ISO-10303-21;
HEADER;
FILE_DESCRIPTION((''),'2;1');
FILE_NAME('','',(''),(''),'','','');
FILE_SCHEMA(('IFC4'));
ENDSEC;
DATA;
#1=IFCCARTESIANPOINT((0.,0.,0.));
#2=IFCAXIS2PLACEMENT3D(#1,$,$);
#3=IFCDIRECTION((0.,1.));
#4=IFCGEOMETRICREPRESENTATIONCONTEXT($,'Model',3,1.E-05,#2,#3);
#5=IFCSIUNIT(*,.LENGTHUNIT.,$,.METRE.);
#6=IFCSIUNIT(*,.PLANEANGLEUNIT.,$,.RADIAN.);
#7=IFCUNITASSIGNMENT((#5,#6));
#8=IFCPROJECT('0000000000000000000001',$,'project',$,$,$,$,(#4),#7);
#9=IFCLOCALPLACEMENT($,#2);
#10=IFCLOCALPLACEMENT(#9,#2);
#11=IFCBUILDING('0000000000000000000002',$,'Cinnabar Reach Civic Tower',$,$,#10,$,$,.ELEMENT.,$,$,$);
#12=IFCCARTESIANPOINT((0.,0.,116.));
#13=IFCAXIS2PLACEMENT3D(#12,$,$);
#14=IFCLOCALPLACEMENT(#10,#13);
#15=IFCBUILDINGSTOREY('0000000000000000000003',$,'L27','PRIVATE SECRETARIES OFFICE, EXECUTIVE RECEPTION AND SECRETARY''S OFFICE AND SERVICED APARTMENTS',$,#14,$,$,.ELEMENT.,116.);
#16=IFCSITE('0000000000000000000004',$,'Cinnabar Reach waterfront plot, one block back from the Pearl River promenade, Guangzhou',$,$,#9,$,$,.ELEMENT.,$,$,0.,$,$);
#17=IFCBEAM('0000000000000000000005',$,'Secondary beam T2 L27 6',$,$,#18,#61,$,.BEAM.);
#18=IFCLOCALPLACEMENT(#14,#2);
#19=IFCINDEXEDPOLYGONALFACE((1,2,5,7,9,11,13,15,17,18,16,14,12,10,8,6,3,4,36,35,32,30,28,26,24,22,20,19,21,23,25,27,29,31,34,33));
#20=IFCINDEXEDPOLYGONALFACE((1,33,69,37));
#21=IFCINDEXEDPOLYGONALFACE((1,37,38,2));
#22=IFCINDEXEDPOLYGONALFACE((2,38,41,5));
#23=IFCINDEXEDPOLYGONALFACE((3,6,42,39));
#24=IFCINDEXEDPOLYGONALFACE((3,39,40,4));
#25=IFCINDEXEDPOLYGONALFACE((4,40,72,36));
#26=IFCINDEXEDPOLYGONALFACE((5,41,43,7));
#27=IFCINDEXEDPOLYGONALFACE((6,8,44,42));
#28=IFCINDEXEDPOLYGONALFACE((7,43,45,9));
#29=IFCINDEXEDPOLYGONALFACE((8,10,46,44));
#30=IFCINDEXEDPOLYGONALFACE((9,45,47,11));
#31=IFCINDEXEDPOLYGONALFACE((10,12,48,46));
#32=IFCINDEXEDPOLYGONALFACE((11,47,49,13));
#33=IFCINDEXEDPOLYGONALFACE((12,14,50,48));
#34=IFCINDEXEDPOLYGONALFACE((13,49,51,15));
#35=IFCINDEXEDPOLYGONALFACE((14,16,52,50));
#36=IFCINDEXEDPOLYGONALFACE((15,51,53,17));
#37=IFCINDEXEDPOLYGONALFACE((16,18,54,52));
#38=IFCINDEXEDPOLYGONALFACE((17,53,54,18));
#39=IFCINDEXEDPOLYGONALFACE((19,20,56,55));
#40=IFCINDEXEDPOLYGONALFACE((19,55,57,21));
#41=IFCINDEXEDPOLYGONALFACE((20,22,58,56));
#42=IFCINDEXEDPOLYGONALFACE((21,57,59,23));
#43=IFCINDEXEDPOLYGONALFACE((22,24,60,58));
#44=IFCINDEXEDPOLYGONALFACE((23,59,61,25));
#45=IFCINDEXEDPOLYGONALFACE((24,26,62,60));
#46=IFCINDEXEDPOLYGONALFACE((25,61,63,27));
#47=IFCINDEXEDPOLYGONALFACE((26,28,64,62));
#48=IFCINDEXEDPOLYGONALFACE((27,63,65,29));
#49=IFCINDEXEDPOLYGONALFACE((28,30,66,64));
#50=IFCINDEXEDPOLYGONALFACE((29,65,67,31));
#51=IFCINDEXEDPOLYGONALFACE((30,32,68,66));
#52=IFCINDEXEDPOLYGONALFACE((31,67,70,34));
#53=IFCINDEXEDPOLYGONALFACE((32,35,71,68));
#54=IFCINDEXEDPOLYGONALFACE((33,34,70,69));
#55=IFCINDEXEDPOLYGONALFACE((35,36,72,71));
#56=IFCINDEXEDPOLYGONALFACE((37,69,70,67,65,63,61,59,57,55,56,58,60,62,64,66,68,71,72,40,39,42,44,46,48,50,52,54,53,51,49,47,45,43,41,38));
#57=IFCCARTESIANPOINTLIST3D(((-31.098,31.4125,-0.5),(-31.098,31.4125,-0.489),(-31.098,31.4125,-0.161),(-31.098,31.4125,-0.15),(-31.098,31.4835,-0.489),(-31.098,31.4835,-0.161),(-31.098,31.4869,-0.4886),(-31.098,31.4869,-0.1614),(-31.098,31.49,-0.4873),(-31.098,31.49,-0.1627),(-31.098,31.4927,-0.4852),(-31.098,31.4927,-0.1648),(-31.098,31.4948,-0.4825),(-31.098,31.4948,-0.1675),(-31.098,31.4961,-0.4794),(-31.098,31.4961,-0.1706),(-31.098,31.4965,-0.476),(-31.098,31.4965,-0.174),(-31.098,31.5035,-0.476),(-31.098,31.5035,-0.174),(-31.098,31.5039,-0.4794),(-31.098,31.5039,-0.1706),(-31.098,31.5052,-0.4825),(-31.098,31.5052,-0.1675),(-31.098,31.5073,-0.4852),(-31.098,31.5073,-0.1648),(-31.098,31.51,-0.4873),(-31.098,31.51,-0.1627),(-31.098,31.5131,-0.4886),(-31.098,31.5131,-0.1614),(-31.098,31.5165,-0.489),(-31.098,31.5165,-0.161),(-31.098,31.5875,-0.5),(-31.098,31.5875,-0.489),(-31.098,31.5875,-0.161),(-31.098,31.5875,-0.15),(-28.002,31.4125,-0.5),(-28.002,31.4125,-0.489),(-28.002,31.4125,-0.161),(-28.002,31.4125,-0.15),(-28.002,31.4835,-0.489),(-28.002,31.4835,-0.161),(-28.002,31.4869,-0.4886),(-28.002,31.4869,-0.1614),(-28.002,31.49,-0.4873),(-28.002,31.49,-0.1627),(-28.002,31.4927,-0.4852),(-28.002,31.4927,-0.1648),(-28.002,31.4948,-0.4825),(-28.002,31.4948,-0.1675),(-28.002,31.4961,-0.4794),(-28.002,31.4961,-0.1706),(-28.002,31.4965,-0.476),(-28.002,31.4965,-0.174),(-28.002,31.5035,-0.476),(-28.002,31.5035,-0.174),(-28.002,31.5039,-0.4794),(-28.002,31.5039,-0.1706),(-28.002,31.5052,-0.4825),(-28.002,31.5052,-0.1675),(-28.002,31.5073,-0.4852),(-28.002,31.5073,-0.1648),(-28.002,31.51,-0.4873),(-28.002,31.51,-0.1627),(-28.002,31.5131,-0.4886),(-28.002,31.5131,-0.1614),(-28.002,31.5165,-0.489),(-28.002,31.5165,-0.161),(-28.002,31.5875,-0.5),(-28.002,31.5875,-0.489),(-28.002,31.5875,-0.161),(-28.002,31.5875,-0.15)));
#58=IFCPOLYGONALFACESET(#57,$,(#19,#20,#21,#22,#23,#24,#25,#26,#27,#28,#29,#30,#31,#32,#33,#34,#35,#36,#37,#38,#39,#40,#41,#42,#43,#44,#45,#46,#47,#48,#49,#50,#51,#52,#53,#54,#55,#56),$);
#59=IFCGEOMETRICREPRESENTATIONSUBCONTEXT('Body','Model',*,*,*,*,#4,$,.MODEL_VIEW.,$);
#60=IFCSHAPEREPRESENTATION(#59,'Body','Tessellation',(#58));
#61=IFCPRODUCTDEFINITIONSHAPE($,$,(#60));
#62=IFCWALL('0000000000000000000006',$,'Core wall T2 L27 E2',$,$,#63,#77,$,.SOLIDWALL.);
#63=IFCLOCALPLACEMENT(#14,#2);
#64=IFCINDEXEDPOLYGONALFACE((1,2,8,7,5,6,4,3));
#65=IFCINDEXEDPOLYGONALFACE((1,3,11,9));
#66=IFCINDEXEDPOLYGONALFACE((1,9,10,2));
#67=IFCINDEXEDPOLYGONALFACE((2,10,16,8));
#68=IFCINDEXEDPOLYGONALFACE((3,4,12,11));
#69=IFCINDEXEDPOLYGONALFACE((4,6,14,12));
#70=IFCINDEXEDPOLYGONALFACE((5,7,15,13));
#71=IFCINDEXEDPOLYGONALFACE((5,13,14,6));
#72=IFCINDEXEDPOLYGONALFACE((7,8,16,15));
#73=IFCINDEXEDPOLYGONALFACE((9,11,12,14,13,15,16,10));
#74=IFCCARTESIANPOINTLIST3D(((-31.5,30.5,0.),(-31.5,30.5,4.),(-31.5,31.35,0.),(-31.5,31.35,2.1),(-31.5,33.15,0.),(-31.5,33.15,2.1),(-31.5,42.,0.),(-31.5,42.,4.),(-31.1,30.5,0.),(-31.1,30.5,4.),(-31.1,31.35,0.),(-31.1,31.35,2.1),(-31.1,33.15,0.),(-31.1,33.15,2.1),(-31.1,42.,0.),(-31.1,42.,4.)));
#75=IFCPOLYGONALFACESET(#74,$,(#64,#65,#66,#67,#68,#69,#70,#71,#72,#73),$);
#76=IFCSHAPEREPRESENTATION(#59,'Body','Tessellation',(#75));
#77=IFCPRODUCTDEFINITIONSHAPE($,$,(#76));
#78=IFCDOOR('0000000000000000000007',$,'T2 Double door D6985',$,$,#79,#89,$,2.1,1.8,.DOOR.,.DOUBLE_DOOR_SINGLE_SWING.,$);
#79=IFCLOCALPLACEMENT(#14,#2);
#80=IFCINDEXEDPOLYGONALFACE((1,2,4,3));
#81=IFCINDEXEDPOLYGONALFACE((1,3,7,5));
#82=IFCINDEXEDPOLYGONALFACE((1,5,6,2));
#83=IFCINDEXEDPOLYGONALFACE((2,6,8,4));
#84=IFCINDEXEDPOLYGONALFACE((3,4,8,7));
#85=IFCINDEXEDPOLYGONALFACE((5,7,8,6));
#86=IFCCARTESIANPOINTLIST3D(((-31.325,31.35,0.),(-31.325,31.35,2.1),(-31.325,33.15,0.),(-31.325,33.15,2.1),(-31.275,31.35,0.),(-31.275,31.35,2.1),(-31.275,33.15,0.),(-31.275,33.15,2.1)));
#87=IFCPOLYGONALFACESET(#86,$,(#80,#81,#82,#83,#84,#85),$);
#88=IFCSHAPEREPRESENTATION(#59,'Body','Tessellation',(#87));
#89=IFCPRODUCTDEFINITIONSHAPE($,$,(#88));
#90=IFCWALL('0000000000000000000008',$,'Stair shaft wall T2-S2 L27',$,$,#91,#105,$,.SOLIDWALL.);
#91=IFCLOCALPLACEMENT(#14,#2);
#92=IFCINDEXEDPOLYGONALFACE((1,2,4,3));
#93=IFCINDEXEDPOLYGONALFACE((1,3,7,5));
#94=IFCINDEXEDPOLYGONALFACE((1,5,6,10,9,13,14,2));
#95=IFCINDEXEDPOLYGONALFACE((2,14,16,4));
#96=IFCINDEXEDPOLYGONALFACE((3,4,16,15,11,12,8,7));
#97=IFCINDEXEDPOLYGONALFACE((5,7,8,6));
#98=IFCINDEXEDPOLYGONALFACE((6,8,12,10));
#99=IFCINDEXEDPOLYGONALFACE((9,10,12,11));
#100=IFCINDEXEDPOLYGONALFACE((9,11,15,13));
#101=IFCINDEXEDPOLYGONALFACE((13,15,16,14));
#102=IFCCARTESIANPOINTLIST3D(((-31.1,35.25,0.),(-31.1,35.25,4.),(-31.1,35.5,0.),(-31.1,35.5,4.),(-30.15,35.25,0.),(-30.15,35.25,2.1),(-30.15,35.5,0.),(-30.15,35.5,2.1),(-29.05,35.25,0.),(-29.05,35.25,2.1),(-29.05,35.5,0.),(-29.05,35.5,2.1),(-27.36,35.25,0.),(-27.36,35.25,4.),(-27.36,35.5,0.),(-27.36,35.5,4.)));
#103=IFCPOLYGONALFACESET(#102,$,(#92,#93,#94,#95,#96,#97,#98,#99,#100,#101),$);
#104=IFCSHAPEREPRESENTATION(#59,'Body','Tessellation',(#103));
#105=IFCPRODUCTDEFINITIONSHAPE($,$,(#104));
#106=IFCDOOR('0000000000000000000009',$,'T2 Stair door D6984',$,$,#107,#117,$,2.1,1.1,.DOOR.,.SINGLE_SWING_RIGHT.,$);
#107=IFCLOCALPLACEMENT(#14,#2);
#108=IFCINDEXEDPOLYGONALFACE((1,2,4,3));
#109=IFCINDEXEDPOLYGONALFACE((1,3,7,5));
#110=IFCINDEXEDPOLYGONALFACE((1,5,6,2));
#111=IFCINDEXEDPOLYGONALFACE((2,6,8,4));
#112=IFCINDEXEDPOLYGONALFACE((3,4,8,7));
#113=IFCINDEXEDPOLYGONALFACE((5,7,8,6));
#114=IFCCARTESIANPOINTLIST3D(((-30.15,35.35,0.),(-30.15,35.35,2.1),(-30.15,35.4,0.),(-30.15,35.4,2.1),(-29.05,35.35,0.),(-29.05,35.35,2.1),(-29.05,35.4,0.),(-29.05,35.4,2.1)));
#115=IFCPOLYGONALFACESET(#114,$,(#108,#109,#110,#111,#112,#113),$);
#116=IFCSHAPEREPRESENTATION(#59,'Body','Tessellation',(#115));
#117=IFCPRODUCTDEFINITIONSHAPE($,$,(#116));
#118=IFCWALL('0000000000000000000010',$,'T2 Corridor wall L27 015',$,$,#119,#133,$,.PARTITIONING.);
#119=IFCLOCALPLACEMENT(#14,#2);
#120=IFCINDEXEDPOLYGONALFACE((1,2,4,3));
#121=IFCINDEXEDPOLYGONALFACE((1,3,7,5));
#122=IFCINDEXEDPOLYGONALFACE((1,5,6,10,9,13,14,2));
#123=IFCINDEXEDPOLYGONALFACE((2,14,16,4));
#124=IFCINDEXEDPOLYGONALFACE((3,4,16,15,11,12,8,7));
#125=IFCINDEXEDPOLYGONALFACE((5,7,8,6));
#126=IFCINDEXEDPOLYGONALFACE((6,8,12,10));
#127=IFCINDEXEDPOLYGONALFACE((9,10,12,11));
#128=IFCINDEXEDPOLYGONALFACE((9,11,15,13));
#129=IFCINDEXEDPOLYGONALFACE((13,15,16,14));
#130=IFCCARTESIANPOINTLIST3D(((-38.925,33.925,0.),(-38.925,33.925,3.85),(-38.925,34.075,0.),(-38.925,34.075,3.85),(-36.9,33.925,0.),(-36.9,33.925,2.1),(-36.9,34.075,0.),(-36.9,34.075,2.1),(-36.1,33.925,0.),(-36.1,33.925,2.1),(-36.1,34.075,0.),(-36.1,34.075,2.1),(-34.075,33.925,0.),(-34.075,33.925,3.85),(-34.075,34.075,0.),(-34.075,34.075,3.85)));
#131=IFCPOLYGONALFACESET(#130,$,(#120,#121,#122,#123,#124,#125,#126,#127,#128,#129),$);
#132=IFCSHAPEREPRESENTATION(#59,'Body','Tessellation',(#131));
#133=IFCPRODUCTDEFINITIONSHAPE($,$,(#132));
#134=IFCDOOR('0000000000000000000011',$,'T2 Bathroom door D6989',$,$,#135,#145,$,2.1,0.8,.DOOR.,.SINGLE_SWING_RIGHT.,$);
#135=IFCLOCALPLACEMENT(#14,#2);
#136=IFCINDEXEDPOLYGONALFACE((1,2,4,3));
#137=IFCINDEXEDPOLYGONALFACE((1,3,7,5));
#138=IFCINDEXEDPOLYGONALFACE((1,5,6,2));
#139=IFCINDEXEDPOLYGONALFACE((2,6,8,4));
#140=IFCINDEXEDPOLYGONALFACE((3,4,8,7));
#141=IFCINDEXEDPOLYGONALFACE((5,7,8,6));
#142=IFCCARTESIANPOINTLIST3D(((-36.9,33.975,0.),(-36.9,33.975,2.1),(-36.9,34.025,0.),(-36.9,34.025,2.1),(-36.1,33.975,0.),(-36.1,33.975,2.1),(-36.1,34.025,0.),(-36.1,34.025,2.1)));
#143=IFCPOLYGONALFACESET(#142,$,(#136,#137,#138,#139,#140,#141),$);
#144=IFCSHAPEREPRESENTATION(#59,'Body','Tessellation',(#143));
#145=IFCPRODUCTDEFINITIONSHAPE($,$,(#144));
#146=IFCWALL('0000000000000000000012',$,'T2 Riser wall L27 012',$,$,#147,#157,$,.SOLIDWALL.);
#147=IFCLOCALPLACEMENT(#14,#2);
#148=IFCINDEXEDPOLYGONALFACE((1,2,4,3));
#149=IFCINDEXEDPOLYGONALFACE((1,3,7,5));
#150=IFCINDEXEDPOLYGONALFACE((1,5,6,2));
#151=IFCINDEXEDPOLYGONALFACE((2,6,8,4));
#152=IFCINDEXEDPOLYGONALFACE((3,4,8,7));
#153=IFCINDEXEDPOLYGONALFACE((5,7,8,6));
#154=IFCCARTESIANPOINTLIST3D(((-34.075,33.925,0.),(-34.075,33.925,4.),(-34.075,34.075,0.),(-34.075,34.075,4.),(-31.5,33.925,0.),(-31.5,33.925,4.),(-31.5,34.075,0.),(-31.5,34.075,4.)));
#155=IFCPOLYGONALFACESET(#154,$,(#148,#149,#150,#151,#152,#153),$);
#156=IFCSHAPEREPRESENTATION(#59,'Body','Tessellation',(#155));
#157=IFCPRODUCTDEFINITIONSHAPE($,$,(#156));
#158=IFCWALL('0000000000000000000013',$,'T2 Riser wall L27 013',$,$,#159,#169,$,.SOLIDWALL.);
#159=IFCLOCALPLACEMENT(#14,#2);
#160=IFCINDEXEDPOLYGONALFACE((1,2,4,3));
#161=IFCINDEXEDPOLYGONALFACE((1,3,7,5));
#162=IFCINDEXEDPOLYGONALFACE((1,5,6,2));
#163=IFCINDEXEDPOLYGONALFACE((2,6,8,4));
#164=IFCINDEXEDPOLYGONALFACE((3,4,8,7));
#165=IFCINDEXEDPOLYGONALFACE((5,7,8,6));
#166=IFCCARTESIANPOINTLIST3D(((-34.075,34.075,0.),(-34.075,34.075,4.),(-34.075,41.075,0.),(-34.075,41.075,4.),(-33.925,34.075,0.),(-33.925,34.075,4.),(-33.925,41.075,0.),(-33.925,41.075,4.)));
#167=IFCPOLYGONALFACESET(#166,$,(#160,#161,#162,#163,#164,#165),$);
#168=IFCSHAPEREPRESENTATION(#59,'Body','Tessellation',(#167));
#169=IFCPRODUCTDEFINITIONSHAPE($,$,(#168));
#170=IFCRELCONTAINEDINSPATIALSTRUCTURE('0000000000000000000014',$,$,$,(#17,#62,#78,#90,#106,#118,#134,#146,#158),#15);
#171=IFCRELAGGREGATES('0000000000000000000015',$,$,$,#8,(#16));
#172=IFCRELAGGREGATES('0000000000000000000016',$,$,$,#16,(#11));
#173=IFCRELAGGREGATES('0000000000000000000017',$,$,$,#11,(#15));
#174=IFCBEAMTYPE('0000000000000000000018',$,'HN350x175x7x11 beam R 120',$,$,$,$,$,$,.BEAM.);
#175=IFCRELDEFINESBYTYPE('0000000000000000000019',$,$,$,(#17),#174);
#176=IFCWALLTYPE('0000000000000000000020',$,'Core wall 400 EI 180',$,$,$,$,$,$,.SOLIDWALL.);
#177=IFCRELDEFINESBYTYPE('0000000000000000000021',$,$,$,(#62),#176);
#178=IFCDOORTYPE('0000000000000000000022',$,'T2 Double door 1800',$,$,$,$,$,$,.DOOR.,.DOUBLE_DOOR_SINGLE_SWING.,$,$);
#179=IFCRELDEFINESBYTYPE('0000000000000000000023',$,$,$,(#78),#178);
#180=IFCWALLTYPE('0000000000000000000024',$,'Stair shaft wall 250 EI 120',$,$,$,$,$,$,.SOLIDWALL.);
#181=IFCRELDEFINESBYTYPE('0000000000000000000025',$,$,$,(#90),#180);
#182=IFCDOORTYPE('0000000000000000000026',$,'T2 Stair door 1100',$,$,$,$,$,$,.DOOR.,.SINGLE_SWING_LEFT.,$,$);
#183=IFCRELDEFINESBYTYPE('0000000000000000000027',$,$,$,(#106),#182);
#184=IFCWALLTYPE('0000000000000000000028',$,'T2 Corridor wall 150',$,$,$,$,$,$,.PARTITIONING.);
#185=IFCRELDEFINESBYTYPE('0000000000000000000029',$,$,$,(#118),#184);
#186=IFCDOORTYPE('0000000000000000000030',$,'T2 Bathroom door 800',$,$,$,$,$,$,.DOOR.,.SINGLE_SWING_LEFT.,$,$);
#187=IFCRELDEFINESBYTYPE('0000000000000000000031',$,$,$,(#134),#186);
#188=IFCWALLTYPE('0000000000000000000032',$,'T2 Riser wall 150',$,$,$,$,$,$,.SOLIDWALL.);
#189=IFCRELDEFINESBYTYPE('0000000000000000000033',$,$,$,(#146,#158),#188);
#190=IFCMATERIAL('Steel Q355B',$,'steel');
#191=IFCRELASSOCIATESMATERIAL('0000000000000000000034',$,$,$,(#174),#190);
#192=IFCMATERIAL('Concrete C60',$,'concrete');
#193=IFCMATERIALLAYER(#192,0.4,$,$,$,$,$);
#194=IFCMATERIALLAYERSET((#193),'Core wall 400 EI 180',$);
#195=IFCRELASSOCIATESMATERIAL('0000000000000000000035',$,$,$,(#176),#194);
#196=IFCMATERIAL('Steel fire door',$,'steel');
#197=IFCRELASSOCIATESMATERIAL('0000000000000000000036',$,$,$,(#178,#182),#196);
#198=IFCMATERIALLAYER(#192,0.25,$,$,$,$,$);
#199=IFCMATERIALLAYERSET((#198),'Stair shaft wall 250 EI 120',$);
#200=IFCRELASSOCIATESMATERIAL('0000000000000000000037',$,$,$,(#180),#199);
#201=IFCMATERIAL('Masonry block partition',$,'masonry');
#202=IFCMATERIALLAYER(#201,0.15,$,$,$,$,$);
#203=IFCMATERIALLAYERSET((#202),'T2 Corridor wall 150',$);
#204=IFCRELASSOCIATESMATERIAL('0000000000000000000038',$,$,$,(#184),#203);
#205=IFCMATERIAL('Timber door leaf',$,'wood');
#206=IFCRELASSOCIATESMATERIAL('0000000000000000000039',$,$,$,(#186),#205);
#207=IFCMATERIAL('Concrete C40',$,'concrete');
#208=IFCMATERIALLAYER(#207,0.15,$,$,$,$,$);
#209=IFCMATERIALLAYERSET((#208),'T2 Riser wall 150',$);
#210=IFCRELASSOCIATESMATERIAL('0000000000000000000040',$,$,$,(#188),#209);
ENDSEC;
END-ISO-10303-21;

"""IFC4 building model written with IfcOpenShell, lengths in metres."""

from ifc_helpers import new_model, si_unit, direction, frame, frame_2d, origin, origin_2d, place, context, subcontext, project, spatial, rectangle, i_section, extrude, material, layer, layer_set, material_profile, profile_set, type_object, element, fill, save


model = new_model("IFC4")

# Units and contexts
model_context = context("Model", 3, precision=1e-05, world=origin(), true_north=direction((0.0, 1.0)))
body_context = subcontext(model_context, "Body", "Model", "MODEL_VIEW")
ifc_project = project(units=[si_unit("LENGTHUNIT", "METRE"), si_unit("PLANEANGLEUNIT", "RADIAN")], contexts=[model_context])

# Site, building, storey
site_placement = place(None, origin())
site = spatial("IfcSite", under=ifc_project, at=site_placement, Name="Cinnabar Reach waterfront plot, one block back from the Pearl River promenade, Guangzhou", CompositionType="ELEMENT", RefElevation=0.0)
building_placement = place(site_placement, origin())
building = spatial("IfcBuilding", under=site, at=building_placement, Name="Cinnabar Reach Civic Tower", CompositionType="ELEMENT")
storey_placement = place(building_placement, frame((0.0, 0.0, 116.0)))
storey = spatial("IfcBuildingStorey", under=building, at=storey_placement, Name="L27", Description="PRIVATE SECRETARIES OFFICE, EXECUTIVE RECEPTION AND SECRETARY'S OFFICE AND SERVICED APARTMENTS", CompositionType="ELEMENT", Elevation=116.0)

# Beam
ifc_material_1 = material(Name="Steel Q355B", Category="steel")
ifc_material_profile = material_profile(ifc_material_1, i_section(OverallWidth=0.175, OverallDepth=0.35, WebThickness=0.007, FlangeThickness=0.011, FilletRadius=0.013, at=origin_2d()), Name="HN350x175x7x11")
ifc_profile_set = profile_set([ifc_material_profile], Name="Steel Q355B")
beam_type = type_object("IfcBeamType", Name="HN350x175x7x11 beam R 120", PredefinedType="BEAM", material=ifc_profile_set)
beam_placement = place(storey_placement, frame((-31.098, 31.5, -0.325), z_axis=(1.0, 0.0, 0.0), x_axis=(0.0, 1.0, 0.0)))
element("IfcBeam", 1, at=beam_placement, inside=storey, type_object=beam_type, Name="Secondary beam T2 L27 6", PredefinedType="BEAM", context=body_context, shape_type="SweptSolid", body=[
    extrude(i_section(OverallWidth=0.175, OverallDepth=0.35, WebThickness=0.007, FlangeThickness=0.011, FilletRadius=0.013, at=origin_2d()), origin(), (0.0, 0.0, 1.0), 3.096),
])

# Walls, openings, doors
ifc_material_2 = material(Name="Concrete C60", Category="concrete")
ifc_layer_1 = layer(ifc_material_2, 0.4)
ifc_layer_set_1 = layer_set([ifc_layer_1], Name="Core wall 400 EI 180")
wall_type_1 = type_object("IfcWallType", Name="Core wall 400 EI 180", PredefinedType="SOLIDWALL", material=ifc_layer_set_1)
wall_1_placement = place(storey_placement, frame((-31.3, 30.5, 0.0), z_axis=(0.0, 0.0, 1.0), x_axis=(0.0, 1.0, 0.0)))
wall_1 = element("IfcWall", 2, at=wall_1_placement, inside=storey, type_object=wall_type_1, Name="Core wall T2 L27 E2", PredefinedType="SOLIDWALL", context=body_context, shape_type="SweptSolid", body=[
    extrude(rectangle(XDim=11.5, YDim=0.4, at=frame_2d((5.75, 0.0))), origin(), (0.0, 0.0, 1.0), 4.0),
])
opening_1_placement = place(wall_1_placement, frame((0.85, 0.0, 0.0)))
opening_1 = element("IfcOpeningElement", 3, at=opening_1_placement, cuts=wall_1, PredefinedType="OPENING", context=body_context, shape_type="SweptSolid", body=[
    extrude(rectangle(XDim=1.8, YDim=2.1, at=frame_2d((0.9, 1.05))), frame((0.0, 0.21, 0.0), z_axis=(0.0, -1.0, 0.0), x_axis=(1.0, 0.0, 0.0)), (0.0, 0.0, 1.0), 0.42),
])
ifc_material_3 = material(Name="Steel fire door", Category="steel")
door_type_1 = type_object("IfcDoorType", Name="T2 Double door 1800", OperationType="DOUBLE_DOOR_SINGLE_SWING", PredefinedType="DOOR", material=ifc_material_3)
door_1_placement = place(opening_1_placement, origin())
door_1 = element("IfcDoor", 4, at=door_1_placement, inside=storey, type_object=door_type_1, Name="T2 Double door D6985", OperationType="DOUBLE_DOOR_SINGLE_SWING", OverallHeight=2.1, OverallWidth=1.8, PredefinedType="DOOR", context=body_context, shape_type="SweptSolid", body=[
    extrude(rectangle(XDim=1.8, YDim=2.1, at=frame_2d((0.9, 1.05))), frame((0.0, 0.025, 0.0), z_axis=(0.0, -1.0, 0.0), x_axis=(1.0, 0.0, 0.0)), (0.0, 0.0, 1.0), 0.05),
])
fill(opening_1, door_1)
ifc_layer_2 = layer(ifc_material_2, 0.25)
ifc_layer_set_2 = layer_set([ifc_layer_2], Name="Stair shaft wall 250 EI 120")
wall_type_2 = type_object("IfcWallType", Name="Stair shaft wall 250 EI 120", PredefinedType="SOLIDWALL", material=ifc_layer_set_2)
wall_2_placement = place(storey_placement, frame((-31.1, 35.375, 0.0), z_axis=(0.0, 0.0, 1.0), x_axis=(1.0, 0.0, 0.0)))
wall_2 = element("IfcWall", 5, at=wall_2_placement, inside=storey, type_object=wall_type_2, Name="Stair shaft wall T2-S2 L27", PredefinedType="SOLIDWALL", context=body_context, shape_type="SweptSolid", body=[
    extrude(rectangle(XDim=3.74, YDim=0.25, at=frame_2d((1.87, 0.0))), origin(), (0.0, 0.0, 1.0), 4.0),
])
opening_2_placement = place(wall_2_placement, frame((0.95, 0.0, 0.0)))
opening_2 = element("IfcOpeningElement", 6, at=opening_2_placement, cuts=wall_2, PredefinedType="OPENING", context=body_context, shape_type="SweptSolid", body=[
    extrude(rectangle(XDim=1.1, YDim=2.1, at=frame_2d((0.55, 1.05))), frame((0.0, 0.135, 0.0), z_axis=(0.0, -1.0, 0.0), x_axis=(1.0, 0.0, 0.0)), (0.0, 0.0, 1.0), 0.27),
])
door_type_2 = type_object("IfcDoorType", Name="T2 Stair door 1100", OperationType="SINGLE_SWING_LEFT", PredefinedType="DOOR", material=ifc_material_3)
door_2_placement = place(opening_2_placement, origin())
door_2 = element("IfcDoor", 7, at=door_2_placement, inside=storey, type_object=door_type_2, Name="T2 Stair door D6984", OperationType="SINGLE_SWING_RIGHT", OverallHeight=2.1, OverallWidth=1.1, PredefinedType="DOOR", context=body_context, shape_type="SweptSolid", body=[
    extrude(rectangle(XDim=1.1, YDim=2.1, at=frame_2d((0.55, 1.05))), frame((0.0, 0.025, 0.0), z_axis=(0.0, -1.0, 0.0), x_axis=(1.0, 0.0, 0.0)), (0.0, 0.0, 1.0), 0.05),
])
fill(opening_2, door_2)
ifc_material_4 = material(Name="Masonry block partition", Category="masonry")
ifc_layer_3 = layer(ifc_material_4, 0.15)
ifc_layer_set_3 = layer_set([ifc_layer_3], Name="T2 Corridor wall 150")
wall_type_3 = type_object("IfcWallType", Name="T2 Corridor wall 150", PredefinedType="PARTITIONING", material=ifc_layer_set_3)
wall_3_placement = place(storey_placement, frame((-34.075, 34.0, 0.0), z_axis=(0.0, 0.0, 1.0), x_axis=(-1.0, 0.0, 0.0)))
wall_3 = element("IfcWall", 8, at=wall_3_placement, inside=storey, type_object=wall_type_3, Name="T2 Corridor wall L27 015", PredefinedType="PARTITIONING", context=body_context, shape_type="SweptSolid", body=[
    extrude(rectangle(XDim=4.85, YDim=0.15, at=frame_2d((2.425, 0.0))), origin(), (0.0, 0.0, 1.0), 3.85),
])
opening_3_placement = place(wall_3_placement, frame((2.025, 0.0, 0.0)))
opening_3 = element("IfcOpeningElement", 9, at=opening_3_placement, cuts=wall_3, PredefinedType="OPENING", context=body_context, shape_type="SweptSolid", body=[
    extrude(rectangle(XDim=0.8, YDim=2.1, at=frame_2d((0.4, 1.05))), frame((0.0, 0.085, 0.0), z_axis=(0.0, -1.0, 0.0), x_axis=(1.0, 0.0, 0.0)), (0.0, 0.0, 1.0), 0.17),
])
ifc_material_5 = material(Name="Timber door leaf", Category="wood")
door_type_3 = type_object("IfcDoorType", Name="T2 Bathroom door 800", OperationType="SINGLE_SWING_LEFT", PredefinedType="DOOR", material=ifc_material_5)
door_3_placement = place(opening_3_placement, frame((0.8, 0.0, 0.0), z_axis=(0.0, 0.0, 1.0), x_axis=(-1.0, 0.0, 0.0)))
door_3 = element("IfcDoor", 10, at=door_3_placement, inside=storey, type_object=door_type_3, Name="T2 Bathroom door D6989", OperationType="SINGLE_SWING_RIGHT", OverallHeight=2.1, OverallWidth=0.8, PredefinedType="DOOR", context=body_context, shape_type="SweptSolid", body=[
    extrude(rectangle(XDim=0.8, YDim=2.1, at=frame_2d((0.4, 1.05))), frame((0.0, 0.025, 0.0), z_axis=(0.0, -1.0, 0.0), x_axis=(1.0, 0.0, 0.0)), (0.0, 0.0, 1.0), 0.05),
])
fill(opening_3, door_3)

# Walls
ifc_material_6 = material(Name="Concrete C40", Category="concrete")
ifc_layer_4 = layer(ifc_material_6, 0.15)
ifc_layer_set_4 = layer_set([ifc_layer_4], Name="T2 Riser wall 150")
wall_type_4 = type_object("IfcWallType", Name="T2 Riser wall 150", PredefinedType="SOLIDWALL", material=ifc_layer_set_4)
wall_4_placement = place(storey_placement, frame((-34.075, 34.0, 0.0), z_axis=(0.0, 0.0, 1.0), x_axis=(1.0, 0.0, 0.0)))
element("IfcWall", 11, at=wall_4_placement, inside=storey, type_object=wall_type_4, Name="T2 Riser wall L27 012", PredefinedType="SOLIDWALL", context=body_context, shape_type="SweptSolid", body=[
    extrude(rectangle(XDim=2.575, YDim=0.15, at=frame_2d((1.2875, 0.0))), origin(), (0.0, 0.0, 1.0), 4.0),
])
wall_5_placement = place(storey_placement, frame((-34.0, 41.075, 0.0), z_axis=(0.0, 0.0, 1.0), x_axis=(0.0, -1.0, 0.0)))
element("IfcWall", 12, at=wall_5_placement, inside=storey, type_object=wall_type_4, Name="T2 Riser wall L27 013", PredefinedType="SOLIDWALL", context=body_context, shape_type="SweptSolid", body=[
    extrude(rectangle(XDim=7.0, YDim=0.15, at=frame_2d((3.5, 0.0))), origin(), (0.0, 0.0, 1.0), 4.0),
])

save(model, "model.ifc")
